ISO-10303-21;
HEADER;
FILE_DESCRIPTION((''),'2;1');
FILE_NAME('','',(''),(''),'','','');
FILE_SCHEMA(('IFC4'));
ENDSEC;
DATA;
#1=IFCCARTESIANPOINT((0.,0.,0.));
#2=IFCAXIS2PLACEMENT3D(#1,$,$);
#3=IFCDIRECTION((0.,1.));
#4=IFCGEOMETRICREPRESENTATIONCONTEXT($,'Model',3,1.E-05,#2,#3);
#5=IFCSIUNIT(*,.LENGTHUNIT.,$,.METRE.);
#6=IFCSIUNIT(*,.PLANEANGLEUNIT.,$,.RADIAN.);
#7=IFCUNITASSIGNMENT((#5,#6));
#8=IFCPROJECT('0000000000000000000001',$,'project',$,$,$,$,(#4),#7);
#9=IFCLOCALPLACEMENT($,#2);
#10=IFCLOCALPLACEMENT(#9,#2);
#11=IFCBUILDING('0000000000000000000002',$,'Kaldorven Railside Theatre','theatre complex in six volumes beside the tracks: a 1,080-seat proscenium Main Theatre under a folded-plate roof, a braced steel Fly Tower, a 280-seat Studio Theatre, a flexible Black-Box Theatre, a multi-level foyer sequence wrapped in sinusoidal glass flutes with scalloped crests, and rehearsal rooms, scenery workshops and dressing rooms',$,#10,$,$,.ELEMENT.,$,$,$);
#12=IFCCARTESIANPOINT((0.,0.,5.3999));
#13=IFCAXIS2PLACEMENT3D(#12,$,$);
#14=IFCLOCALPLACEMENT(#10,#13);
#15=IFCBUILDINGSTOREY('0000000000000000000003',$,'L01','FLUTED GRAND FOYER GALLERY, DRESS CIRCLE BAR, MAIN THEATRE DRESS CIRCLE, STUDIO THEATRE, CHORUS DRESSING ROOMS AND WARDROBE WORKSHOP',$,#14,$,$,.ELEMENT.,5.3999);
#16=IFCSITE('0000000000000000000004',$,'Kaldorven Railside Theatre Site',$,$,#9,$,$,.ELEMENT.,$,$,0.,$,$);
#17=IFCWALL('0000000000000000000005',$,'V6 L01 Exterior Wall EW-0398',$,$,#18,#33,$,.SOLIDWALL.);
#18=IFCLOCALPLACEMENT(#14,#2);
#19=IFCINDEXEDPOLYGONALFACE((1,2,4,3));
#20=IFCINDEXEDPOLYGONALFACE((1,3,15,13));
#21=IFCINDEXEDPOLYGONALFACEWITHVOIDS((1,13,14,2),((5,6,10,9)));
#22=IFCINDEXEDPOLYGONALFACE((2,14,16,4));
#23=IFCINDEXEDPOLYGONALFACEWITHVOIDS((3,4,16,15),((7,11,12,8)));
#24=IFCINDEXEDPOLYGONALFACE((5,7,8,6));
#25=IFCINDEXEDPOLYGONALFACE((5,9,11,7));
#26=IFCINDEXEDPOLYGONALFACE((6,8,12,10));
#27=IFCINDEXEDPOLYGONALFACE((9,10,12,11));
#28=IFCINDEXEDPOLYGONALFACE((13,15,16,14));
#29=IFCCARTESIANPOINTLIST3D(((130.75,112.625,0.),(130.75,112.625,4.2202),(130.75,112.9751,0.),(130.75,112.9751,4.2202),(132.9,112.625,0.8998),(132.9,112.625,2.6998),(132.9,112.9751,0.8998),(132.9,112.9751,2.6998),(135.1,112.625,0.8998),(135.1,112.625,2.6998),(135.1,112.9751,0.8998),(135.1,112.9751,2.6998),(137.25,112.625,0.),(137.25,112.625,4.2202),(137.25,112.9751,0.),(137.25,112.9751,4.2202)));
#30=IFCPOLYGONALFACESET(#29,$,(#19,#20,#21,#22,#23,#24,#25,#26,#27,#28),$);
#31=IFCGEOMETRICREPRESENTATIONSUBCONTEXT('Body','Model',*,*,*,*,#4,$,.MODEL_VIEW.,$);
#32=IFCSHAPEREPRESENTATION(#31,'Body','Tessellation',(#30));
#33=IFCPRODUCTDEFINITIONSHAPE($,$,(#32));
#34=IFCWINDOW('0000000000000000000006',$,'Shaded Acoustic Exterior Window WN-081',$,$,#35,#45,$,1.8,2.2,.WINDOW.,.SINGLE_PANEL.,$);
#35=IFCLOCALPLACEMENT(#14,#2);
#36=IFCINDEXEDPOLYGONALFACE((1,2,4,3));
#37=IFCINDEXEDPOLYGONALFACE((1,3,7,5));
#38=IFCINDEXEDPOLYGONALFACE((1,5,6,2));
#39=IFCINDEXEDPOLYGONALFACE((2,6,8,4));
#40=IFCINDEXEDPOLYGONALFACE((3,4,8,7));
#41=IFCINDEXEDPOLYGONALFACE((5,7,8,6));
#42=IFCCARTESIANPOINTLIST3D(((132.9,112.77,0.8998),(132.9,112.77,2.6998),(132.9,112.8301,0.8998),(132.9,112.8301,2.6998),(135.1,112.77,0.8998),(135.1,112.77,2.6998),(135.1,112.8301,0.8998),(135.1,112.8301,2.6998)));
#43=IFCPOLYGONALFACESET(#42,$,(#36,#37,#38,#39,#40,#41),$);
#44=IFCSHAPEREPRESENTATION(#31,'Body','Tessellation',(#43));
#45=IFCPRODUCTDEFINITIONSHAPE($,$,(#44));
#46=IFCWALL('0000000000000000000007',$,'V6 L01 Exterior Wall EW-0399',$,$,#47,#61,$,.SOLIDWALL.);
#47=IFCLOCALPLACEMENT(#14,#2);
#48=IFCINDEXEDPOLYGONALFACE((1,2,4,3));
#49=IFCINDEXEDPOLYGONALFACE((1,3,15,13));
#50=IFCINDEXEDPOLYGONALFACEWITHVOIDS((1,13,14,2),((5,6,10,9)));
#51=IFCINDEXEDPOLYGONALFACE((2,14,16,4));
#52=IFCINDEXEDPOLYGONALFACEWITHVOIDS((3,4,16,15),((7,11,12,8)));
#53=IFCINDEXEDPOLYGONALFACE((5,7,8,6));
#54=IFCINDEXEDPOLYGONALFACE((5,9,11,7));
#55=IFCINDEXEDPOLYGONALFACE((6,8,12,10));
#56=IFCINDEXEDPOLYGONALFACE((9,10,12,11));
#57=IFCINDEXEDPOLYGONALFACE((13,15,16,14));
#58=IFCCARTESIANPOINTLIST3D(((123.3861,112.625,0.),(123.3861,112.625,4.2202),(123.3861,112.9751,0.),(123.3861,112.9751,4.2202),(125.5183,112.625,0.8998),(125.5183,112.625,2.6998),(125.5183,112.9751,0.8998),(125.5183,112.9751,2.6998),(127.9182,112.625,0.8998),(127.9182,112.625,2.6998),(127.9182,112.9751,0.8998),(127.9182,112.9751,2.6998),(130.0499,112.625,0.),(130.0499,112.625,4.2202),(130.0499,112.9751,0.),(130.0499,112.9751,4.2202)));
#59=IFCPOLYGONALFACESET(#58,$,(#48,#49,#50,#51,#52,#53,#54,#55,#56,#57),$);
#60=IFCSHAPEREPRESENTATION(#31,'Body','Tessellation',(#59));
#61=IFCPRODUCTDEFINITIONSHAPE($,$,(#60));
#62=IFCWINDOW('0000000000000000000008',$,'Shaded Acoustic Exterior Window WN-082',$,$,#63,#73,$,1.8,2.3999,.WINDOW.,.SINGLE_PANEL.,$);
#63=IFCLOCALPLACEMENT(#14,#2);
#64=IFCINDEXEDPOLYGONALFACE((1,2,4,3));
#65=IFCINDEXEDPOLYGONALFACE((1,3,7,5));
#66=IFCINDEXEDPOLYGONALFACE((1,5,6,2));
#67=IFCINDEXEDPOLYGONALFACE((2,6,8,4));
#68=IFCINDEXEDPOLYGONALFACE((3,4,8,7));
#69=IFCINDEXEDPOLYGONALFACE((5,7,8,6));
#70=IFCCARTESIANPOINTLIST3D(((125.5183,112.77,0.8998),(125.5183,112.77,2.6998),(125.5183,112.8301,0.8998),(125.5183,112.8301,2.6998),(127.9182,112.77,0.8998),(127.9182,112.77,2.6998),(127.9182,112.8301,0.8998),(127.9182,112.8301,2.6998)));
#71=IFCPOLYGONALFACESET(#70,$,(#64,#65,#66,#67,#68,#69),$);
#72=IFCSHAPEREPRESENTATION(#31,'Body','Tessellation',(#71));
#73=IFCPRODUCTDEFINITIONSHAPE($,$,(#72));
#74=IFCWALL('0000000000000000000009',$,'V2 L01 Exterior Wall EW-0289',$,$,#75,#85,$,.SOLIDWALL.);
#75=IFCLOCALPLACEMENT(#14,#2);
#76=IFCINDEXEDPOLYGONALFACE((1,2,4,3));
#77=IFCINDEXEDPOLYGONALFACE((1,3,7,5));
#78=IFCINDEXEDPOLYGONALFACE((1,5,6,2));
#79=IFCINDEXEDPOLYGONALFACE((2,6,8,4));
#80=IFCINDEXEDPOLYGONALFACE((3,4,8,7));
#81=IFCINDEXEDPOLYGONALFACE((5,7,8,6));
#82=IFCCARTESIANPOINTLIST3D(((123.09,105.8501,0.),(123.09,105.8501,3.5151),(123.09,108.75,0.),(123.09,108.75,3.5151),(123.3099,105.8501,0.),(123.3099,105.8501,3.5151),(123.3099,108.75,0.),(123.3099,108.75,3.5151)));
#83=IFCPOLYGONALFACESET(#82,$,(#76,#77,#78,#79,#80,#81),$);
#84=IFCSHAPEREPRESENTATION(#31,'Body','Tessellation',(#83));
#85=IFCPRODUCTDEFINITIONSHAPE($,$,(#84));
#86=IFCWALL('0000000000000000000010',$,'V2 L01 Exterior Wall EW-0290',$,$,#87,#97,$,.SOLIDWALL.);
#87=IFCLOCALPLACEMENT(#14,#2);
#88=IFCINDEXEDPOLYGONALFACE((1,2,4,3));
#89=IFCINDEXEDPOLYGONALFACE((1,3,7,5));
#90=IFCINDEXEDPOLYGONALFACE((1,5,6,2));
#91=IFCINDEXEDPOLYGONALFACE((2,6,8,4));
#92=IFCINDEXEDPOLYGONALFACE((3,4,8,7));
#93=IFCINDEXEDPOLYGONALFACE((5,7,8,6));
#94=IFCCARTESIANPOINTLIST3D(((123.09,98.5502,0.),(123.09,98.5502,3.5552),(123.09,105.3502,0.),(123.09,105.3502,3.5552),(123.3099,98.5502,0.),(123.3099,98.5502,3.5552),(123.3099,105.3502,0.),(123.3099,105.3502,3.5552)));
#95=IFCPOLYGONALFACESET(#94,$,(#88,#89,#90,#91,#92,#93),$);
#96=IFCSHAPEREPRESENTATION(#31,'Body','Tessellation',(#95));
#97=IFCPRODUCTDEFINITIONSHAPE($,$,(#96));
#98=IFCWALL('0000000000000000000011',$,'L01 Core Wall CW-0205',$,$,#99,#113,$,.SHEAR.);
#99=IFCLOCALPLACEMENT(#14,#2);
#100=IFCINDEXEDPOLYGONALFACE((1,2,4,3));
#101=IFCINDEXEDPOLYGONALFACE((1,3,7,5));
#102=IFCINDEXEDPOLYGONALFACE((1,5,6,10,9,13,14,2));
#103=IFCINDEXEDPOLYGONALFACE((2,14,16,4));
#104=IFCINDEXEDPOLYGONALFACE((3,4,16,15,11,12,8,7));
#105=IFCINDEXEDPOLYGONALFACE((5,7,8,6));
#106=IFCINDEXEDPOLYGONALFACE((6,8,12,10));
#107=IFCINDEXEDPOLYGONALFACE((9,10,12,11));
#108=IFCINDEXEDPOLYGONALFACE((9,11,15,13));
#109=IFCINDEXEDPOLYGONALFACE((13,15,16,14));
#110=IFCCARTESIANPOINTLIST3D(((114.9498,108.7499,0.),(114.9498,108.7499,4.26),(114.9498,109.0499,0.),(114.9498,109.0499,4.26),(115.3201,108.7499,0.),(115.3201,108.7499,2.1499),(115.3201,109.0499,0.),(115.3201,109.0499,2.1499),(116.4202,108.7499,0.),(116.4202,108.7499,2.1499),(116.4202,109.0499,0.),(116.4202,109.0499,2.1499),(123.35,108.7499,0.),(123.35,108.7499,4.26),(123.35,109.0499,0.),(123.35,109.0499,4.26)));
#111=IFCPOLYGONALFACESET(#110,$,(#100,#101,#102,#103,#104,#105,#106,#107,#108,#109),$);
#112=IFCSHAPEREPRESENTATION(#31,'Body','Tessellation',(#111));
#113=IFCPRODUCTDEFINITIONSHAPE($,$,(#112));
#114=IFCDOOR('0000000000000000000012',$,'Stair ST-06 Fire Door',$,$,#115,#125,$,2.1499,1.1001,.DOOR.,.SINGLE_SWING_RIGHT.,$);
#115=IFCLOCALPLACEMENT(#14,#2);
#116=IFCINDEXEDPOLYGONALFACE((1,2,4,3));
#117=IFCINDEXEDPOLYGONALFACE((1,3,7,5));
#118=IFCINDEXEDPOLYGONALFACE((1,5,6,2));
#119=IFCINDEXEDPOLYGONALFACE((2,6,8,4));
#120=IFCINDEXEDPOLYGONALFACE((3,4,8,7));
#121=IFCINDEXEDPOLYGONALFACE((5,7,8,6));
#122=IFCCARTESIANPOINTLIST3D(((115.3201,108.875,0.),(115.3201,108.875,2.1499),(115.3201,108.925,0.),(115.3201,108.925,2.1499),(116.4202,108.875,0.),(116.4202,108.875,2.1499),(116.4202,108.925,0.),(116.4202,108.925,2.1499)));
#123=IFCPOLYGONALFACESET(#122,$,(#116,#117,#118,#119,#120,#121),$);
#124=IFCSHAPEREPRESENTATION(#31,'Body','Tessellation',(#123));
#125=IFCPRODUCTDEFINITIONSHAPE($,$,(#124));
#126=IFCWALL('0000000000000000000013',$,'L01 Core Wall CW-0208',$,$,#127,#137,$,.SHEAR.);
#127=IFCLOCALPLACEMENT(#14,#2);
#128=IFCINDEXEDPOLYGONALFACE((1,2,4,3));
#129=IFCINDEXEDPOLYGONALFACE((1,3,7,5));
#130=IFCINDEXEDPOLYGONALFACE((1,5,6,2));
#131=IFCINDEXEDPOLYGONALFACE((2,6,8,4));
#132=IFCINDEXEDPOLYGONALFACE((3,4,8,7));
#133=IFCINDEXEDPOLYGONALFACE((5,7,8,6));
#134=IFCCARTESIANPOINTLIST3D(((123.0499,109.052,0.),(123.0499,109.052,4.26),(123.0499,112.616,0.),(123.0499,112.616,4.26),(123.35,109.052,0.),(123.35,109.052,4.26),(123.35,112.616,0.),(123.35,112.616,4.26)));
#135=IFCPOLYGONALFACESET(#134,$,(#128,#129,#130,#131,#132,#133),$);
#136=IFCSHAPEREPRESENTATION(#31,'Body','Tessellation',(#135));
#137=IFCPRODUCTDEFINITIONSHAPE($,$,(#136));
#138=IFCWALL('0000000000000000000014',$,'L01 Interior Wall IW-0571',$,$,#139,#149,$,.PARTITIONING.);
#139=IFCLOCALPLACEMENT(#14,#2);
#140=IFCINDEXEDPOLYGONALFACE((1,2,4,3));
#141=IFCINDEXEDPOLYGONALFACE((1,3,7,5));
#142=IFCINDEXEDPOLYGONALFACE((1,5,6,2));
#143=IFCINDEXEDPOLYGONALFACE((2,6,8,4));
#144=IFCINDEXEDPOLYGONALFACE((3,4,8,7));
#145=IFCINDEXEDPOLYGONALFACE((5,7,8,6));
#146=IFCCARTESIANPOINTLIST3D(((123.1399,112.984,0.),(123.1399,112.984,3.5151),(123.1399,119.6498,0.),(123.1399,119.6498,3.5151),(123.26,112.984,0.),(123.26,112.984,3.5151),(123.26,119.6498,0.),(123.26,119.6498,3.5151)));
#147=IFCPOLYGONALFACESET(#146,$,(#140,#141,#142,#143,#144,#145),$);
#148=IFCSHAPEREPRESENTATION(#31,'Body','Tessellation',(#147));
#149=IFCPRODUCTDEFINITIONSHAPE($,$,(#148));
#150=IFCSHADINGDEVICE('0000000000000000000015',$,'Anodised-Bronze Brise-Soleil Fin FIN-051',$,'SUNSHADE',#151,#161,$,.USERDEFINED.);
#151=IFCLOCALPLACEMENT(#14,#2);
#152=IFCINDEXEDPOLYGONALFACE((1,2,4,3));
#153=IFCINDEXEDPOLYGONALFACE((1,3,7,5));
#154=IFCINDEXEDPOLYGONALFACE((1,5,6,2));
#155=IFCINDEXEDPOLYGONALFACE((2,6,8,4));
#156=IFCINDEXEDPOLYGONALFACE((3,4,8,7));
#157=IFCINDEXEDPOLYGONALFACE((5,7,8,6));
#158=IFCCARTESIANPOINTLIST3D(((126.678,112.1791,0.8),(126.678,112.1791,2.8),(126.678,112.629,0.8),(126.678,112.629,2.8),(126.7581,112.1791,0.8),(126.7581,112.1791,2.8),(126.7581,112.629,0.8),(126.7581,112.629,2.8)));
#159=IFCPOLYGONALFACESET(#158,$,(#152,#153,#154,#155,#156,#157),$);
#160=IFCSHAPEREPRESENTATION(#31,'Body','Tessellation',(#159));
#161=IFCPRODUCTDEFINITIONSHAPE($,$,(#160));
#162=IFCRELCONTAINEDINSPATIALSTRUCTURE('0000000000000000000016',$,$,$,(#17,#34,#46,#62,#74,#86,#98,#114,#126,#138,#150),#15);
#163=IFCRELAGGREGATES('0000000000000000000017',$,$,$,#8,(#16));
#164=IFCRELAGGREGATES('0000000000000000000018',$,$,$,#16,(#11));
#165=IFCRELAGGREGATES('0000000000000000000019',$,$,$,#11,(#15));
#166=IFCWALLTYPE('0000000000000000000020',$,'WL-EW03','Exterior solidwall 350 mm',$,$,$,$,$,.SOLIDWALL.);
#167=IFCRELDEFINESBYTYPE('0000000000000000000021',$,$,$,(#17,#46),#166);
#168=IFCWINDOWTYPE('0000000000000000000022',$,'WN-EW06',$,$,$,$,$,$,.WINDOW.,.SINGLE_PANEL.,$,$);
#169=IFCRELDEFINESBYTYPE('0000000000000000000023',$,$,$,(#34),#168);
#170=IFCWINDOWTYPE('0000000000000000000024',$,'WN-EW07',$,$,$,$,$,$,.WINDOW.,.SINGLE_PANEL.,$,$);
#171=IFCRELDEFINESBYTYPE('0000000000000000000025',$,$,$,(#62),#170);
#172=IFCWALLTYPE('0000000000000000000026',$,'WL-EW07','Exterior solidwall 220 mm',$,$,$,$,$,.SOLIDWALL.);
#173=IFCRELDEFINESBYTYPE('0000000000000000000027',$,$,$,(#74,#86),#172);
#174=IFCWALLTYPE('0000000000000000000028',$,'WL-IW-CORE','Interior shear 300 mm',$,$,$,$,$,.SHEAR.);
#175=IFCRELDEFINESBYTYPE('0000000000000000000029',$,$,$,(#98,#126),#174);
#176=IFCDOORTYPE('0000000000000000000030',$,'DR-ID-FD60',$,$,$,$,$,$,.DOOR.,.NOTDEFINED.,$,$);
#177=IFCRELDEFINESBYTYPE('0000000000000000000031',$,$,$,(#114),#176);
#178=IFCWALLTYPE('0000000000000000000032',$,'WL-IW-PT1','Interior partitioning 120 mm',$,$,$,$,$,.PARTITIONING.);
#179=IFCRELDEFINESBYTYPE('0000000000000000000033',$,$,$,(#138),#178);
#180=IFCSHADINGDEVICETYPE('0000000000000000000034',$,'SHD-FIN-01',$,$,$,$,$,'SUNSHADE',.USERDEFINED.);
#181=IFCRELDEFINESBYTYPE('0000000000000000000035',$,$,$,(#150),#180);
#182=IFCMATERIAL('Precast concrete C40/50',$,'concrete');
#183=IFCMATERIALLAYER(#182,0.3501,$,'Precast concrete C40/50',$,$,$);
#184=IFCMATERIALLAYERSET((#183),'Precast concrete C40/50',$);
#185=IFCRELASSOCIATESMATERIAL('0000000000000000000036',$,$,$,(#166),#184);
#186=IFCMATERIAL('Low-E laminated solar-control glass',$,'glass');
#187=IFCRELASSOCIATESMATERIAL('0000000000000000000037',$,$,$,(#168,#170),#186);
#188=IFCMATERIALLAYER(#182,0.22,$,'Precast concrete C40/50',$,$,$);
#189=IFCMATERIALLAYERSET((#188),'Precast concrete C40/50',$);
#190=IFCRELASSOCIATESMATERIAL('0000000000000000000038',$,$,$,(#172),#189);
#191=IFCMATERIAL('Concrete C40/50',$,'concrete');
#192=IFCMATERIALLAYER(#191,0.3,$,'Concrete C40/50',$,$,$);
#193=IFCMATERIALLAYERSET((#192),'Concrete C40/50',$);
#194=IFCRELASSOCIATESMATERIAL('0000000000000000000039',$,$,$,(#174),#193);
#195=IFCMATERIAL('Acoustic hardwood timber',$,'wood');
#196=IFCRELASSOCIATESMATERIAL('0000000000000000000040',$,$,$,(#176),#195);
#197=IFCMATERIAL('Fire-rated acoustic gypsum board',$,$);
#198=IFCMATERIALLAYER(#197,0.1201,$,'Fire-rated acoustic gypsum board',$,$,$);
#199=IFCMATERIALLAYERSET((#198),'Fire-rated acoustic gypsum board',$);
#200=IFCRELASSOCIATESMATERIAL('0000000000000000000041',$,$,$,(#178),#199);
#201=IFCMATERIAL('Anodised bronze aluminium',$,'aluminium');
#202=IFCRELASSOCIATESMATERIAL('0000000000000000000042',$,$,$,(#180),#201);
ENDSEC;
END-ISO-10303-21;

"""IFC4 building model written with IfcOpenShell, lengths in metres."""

from ifc_helpers import new_model, si_unit, direction, frame, frame_2d, origin, origin_2d, place, context, subcontext, project, spatial, rectangle, extrude, material, layer, layer_set, type_object, element, fill, save


model = new_model("IFC4")

# Units and contexts
model_context = context("Model", 3, precision=1e-05, world=origin(), true_north=direction((0.0, 1.0)))
body_context = subcontext(model_context, "Body", "Model", "MODEL_VIEW")
ifc_project = project(units=[si_unit("LENGTHUNIT", "METRE"), si_unit("PLANEANGLEUNIT", "RADIAN")], contexts=[model_context])

# Site, building, storey
site_placement = place(None, origin())
site = spatial("IfcSite", under=ifc_project, at=site_placement, Name="Kaldorven Railside Theatre Site", CompositionType="ELEMENT", RefElevation=0.0)
building_placement = place(site_placement, origin())
building = spatial("IfcBuilding", under=site, at=building_placement, Name="Kaldorven Railside Theatre", Description="theatre complex in six volumes beside the tracks: a 1,080-seat proscenium Main Theatre under a folded-plate roof, a braced steel Fly Tower, a 280-seat Studio Theatre, a flexible Black-Box Theatre, a multi-level foyer sequence wrapped in sinusoidal glass flutes with scalloped crests, and rehearsal rooms, scenery workshops and dressing rooms", CompositionType="ELEMENT")
storey_placement = place(building_placement, frame((0.0, 0.0, 5.3999)))
storey = spatial("IfcBuildingStorey", under=building, at=storey_placement, Name="L01", Description="FLUTED GRAND FOYER GALLERY, DRESS CIRCLE BAR, MAIN THEATRE DRESS CIRCLE, STUDIO THEATRE, CHORUS DRESSING ROOMS AND WARDROBE WORKSHOP", CompositionType="ELEMENT", Elevation=5.3999)

# Shared definitions
ifc_material_1 = material(Name="Concrete C40/50", Category="concrete")

# Walls, openings, windows
ifc_material_2 = material(Name="Precast concrete C40/50", Category="concrete")
ifc_layer_1 = layer(ifc_material_2, 0.3501, Name="Precast concrete C40/50")
ifc_layer_set_1 = layer_set([ifc_layer_1], Name="Precast concrete C40/50")
wall_type_1 = type_object("IfcWallType", Name="WL-EW03", Description="Exterior solidwall 350 mm", PredefinedType="SOLIDWALL", material=ifc_layer_set_1)
wall_1_placement = place(storey_placement, frame((137.25, 112.8, 0.0), z_axis=(0.0, 0.0, 1.0), x_axis=(-1.0, 0.0, 0.0)))
wall_1 = element("IfcWall", 1, at=wall_1_placement, inside=storey, type_object=wall_type_1, Name="V6 L01 Exterior Wall EW-0398", PredefinedType="SOLIDWALL", context=body_context, shape_type="SweptSolid", body=[
    extrude(rectangle(XDim=6.5, YDim=0.3501, at=frame_2d((3.25, 0.0))), origin(), (0.0, 0.0, 1.0), 4.2202),
])
opening_1_placement = place(wall_1_placement, frame((2.1499, 0.0, 0.8999)))
opening_1 = element("IfcOpeningElement", 2, at=opening_1_placement, cuts=wall_1, PredefinedType="OPENING", context=body_context, shape_type="SweptSolid", body=[
    extrude(rectangle(XDim=2.2, YDim=1.8, at=frame_2d((1.1001, 0.8999))), frame((0.0, 0.1851, 0.0), z_axis=(0.0, -1.0, 0.0), x_axis=(1.0, 0.0, 0.0)), (0.0, 0.0, 1.0), 0.3701),
])
ifc_material_3 = material(Name="Low-E laminated solar-control glass", Category="glass")
window_type_1 = type_object("IfcWindowType", Name="WN-EW06", PartitioningType="SINGLE_PANEL", PredefinedType="WINDOW", material=ifc_material_3)
window_1_placement = place(opening_1_placement, origin())
window_1 = element("IfcWindow", 3, at=window_1_placement, inside=storey, type_object=window_type_1, Name="Shaded Acoustic Exterior Window WN-081", OverallHeight=1.8, OverallWidth=2.2, PartitioningType="SINGLE_PANEL", PredefinedType="WINDOW", context=body_context, shape_type="SweptSolid", body=[
    extrude(rectangle(XDim=2.2, YDim=1.8, at=frame_2d((1.1001, 0.8999))), frame((0.0, 0.03, 0.0), z_axis=(0.0, -1.0, 0.0), x_axis=(1.0, 0.0, 0.0)), (0.0, 0.0, 1.0), 0.0601),
])
fill(opening_1, window_1)
wall_2_placement = place(storey_placement, frame((130.05, 112.8, 0.0), z_axis=(0.0, 0.0, 1.0), x_axis=(-1.0, 0.0, 0.0)))
wall_2 = element("IfcWall", 4, at=wall_2_placement, inside=storey, type_object=wall_type_1, Name="V6 L01 Exterior Wall EW-0399", PredefinedType="SOLIDWALL", context=body_context, shape_type="SweptSolid", body=[
    extrude(rectangle(XDim=6.6638, YDim=0.3501, at=frame_2d((3.332, 0.0))), origin(), (0.0, 0.0, 1.0), 4.2202),
])
opening_2_placement = place(wall_2_placement, frame((2.1318, 0.0, 0.8999)))
opening_2 = element("IfcOpeningElement", 5, at=opening_2_placement, cuts=wall_2, PredefinedType="OPENING", context=body_context, shape_type="SweptSolid", body=[
    extrude(rectangle(XDim=2.3999, YDim=1.8, at=frame_2d((1.2, 0.8999))), frame((0.0, 0.1851, 0.0), z_axis=(0.0, -1.0, 0.0), x_axis=(1.0, 0.0, 0.0)), (0.0, 0.0, 1.0), 0.3701),
])
window_type_2 = type_object("IfcWindowType", Name="WN-EW07", PartitioningType="SINGLE_PANEL", PredefinedType="WINDOW", material=ifc_material_3)
window_2_placement = place(opening_2_placement, origin())
window_2 = element("IfcWindow", 6, at=window_2_placement, inside=storey, type_object=window_type_2, Name="Shaded Acoustic Exterior Window WN-082", OverallHeight=1.8, OverallWidth=2.3999, PartitioningType="SINGLE_PANEL", PredefinedType="WINDOW", context=body_context, shape_type="SweptSolid", body=[
    extrude(rectangle(XDim=2.3999, YDim=1.8, at=frame_2d((1.2, 0.8999))), frame((0.0, 0.03, 0.0), z_axis=(0.0, -1.0, 0.0), x_axis=(1.0, 0.0, 0.0)), (0.0, 0.0, 1.0), 0.0601),
])
fill(opening_2, window_2)

# Walls
ifc_layer_2 = layer(ifc_material_2, 0.22, Name="Precast concrete C40/50")
ifc_layer_set_2 = layer_set([ifc_layer_2], Name="Precast concrete C40/50")
wall_type_2 = type_object("IfcWallType", Name="WL-EW07", Description="Exterior solidwall 220 mm", PredefinedType="SOLIDWALL", material=ifc_layer_set_2)
wall_3_placement = place(storey_placement, frame((123.2, 108.75, 0.0), z_axis=(0.0, 0.0, 1.0), x_axis=(0.0, -1.0, 0.0)))
element("IfcWall", 7, at=wall_3_placement, inside=storey, type_object=wall_type_2, Name="V2 L01 Exterior Wall EW-0289", PredefinedType="SOLIDWALL", context=body_context, shape_type="SweptSolid", body=[
    extrude(rectangle(XDim=2.8999, YDim=0.22, at=frame_2d((1.45, 0.0))), origin(), (0.0, 0.0, 1.0), 3.5151),
])
wall_4_placement = place(storey_placement, frame((123.2, 105.3501, 0.0), z_axis=(0.0, 0.0, 1.0), x_axis=(0.0, -1.0, 0.0)))
element("IfcWall", 8, at=wall_4_placement, inside=storey, type_object=wall_type_2, Name="V2 L01 Exterior Wall EW-0290", PredefinedType="SOLIDWALL", context=body_context, shape_type="SweptSolid", body=[
    extrude(rectangle(XDim=6.8, YDim=0.22, at=frame_2d((3.3999, 0.0))), origin(), (0.0, 0.0, 1.0), 3.5552),
])

# Wall, opening, door
ifc_layer_3 = layer(ifc_material_1, 0.3, Name="Concrete C40/50")
ifc_layer_set_3 = layer_set([ifc_layer_3], Name="Concrete C40/50")
wall_type_3 = type_object("IfcWallType", Name="WL-IW-CORE", Description="Interior shear 300 mm", PredefinedType="SHEAR", material=ifc_layer_set_3)
wall_5_placement = place(storey_placement, frame((123.3501, 108.8999, 0.0), z_axis=(0.0, 0.0, 1.0), x_axis=(-1.0, 0.0, 0.0)))
wall_5 = element("IfcWall", 9, at=wall_5_placement, inside=storey, type_object=wall_type_3, Name="L01 Core Wall CW-0205", PredefinedType="SHEAR", context=body_context, shape_type="SweptSolid", body=[
    extrude(rectangle(XDim=8.4001, YDim=0.3, at=frame_2d((4.2002, 0.0))), origin(), (0.0, 0.0, 1.0), 4.26),
])
opening_3_placement = place(wall_5_placement, frame((6.9299, 0.0, 0.0)))
opening_3 = element("IfcOpeningElement", 10, at=opening_3_placement, cuts=wall_5, PredefinedType="OPENING", context=body_context, shape_type="SweptSolid", body=[
    extrude(rectangle(XDim=1.1001, YDim=2.1499, at=frame_2d((0.55, 1.075))), frame((0.0, 0.1602, 0.0), z_axis=(0.0, -1.0, 0.0), x_axis=(1.0, 0.0, 0.0)), (0.0, 0.0, 1.0), 0.3201),
])
ifc_material_4 = material(Name="Acoustic hardwood timber", Category="wood")
door_type = type_object("IfcDoorType", Name="DR-ID-FD60", OperationType="NOTDEFINED", PredefinedType="DOOR", material=ifc_material_4)
door_placement = place(opening_3_placement, origin())
door = element("IfcDoor", 11, at=door_placement, inside=storey, type_object=door_type, Name="Stair ST-06 Fire Door", OperationType="SINGLE_SWING_RIGHT", OverallHeight=2.1499, OverallWidth=1.1001, PredefinedType="DOOR", context=body_context, shape_type="SweptSolid", body=[
    extrude(rectangle(XDim=1.1001, YDim=2.1499, at=frame_2d((0.55, 1.075))), frame((0.0, 0.0249, 0.0), z_axis=(0.0, -1.0, 0.0), x_axis=(1.0, 0.0, 0.0)), (0.0, 0.0, 1.0), 0.05),
])
fill(opening_3, door)

# Walls
wall_6_placement = place(storey_placement, frame((123.2, 112.616, 0.0), z_axis=(0.0, 0.0, 1.0), x_axis=(0.0, -1.0, 0.0)))
element("IfcWall", 12, at=wall_6_placement, inside=storey, type_object=wall_type_3, Name="L01 Core Wall CW-0208", PredefinedType="SHEAR", context=body_context, shape_type="SweptSolid", body=[
    extrude(rectangle(XDim=3.564, YDim=0.3, at=frame_2d((1.782, 0.0))), origin(), (0.0, 0.0, 1.0), 4.26),
])
ifc_material_5 = material(Name="Fire-rated acoustic gypsum board")
ifc_layer_4 = layer(ifc_material_5, 0.1201, Name="Fire-rated acoustic gypsum board")
ifc_layer_set_4 = layer_set([ifc_layer_4], Name="Fire-rated acoustic gypsum board")
wall_type_4 = type_object("IfcWallType", Name="WL-IW-PT1", Description="Interior partitioning 120 mm", PredefinedType="PARTITIONING", material=ifc_layer_set_4)
wall_7_placement = place(storey_placement, frame((123.2, 119.6499, 0.0), z_axis=(0.0, 0.0, 1.0), x_axis=(0.0, -1.0, 0.0)))
element("IfcWall", 13, at=wall_7_placement, inside=storey, type_object=wall_type_4, Name="L01 Interior Wall IW-0571", PredefinedType="PARTITIONING", context=body_context, shape_type="SweptSolid", body=[
    extrude(rectangle(XDim=6.6658, YDim=0.1201, at=frame_2d((3.333, 0.0))), origin(), (0.0, 0.0, 1.0), 3.5151),
])

# Shading device
ifc_material_6 = material(Name="Anodised bronze aluminium", Category="aluminium")
shading_device_type_1 = type_object("IfcShadingDeviceType", Name="SHD-FIN-01", ElementType="SUNSHADE", PredefinedType="USERDEFINED", material=ifc_material_6)
shading_device_1_placement = place(storey_placement, frame((126.718, 112.4041, 0.8), z_axis=(0.0, 0.0, 1.0), x_axis=(-1.0, 0.0, 0.0)))
element("IfcShadingDevice", 14, at=shading_device_1_placement, inside=storey, type_object=shading_device_type_1, Name="Anodised-Bronze Brise-Soleil Fin FIN-051", ObjectType="SUNSHADE", PredefinedType="USERDEFINED", context=body_context, shape_type="SweptSolid", body=[
    extrude(rectangle(XDim=0.0801, YDim=0.45, at=origin_2d()), origin(), (0.0, 0.0, 1.0), 2.0),
])

save(model, "model.ifc")
